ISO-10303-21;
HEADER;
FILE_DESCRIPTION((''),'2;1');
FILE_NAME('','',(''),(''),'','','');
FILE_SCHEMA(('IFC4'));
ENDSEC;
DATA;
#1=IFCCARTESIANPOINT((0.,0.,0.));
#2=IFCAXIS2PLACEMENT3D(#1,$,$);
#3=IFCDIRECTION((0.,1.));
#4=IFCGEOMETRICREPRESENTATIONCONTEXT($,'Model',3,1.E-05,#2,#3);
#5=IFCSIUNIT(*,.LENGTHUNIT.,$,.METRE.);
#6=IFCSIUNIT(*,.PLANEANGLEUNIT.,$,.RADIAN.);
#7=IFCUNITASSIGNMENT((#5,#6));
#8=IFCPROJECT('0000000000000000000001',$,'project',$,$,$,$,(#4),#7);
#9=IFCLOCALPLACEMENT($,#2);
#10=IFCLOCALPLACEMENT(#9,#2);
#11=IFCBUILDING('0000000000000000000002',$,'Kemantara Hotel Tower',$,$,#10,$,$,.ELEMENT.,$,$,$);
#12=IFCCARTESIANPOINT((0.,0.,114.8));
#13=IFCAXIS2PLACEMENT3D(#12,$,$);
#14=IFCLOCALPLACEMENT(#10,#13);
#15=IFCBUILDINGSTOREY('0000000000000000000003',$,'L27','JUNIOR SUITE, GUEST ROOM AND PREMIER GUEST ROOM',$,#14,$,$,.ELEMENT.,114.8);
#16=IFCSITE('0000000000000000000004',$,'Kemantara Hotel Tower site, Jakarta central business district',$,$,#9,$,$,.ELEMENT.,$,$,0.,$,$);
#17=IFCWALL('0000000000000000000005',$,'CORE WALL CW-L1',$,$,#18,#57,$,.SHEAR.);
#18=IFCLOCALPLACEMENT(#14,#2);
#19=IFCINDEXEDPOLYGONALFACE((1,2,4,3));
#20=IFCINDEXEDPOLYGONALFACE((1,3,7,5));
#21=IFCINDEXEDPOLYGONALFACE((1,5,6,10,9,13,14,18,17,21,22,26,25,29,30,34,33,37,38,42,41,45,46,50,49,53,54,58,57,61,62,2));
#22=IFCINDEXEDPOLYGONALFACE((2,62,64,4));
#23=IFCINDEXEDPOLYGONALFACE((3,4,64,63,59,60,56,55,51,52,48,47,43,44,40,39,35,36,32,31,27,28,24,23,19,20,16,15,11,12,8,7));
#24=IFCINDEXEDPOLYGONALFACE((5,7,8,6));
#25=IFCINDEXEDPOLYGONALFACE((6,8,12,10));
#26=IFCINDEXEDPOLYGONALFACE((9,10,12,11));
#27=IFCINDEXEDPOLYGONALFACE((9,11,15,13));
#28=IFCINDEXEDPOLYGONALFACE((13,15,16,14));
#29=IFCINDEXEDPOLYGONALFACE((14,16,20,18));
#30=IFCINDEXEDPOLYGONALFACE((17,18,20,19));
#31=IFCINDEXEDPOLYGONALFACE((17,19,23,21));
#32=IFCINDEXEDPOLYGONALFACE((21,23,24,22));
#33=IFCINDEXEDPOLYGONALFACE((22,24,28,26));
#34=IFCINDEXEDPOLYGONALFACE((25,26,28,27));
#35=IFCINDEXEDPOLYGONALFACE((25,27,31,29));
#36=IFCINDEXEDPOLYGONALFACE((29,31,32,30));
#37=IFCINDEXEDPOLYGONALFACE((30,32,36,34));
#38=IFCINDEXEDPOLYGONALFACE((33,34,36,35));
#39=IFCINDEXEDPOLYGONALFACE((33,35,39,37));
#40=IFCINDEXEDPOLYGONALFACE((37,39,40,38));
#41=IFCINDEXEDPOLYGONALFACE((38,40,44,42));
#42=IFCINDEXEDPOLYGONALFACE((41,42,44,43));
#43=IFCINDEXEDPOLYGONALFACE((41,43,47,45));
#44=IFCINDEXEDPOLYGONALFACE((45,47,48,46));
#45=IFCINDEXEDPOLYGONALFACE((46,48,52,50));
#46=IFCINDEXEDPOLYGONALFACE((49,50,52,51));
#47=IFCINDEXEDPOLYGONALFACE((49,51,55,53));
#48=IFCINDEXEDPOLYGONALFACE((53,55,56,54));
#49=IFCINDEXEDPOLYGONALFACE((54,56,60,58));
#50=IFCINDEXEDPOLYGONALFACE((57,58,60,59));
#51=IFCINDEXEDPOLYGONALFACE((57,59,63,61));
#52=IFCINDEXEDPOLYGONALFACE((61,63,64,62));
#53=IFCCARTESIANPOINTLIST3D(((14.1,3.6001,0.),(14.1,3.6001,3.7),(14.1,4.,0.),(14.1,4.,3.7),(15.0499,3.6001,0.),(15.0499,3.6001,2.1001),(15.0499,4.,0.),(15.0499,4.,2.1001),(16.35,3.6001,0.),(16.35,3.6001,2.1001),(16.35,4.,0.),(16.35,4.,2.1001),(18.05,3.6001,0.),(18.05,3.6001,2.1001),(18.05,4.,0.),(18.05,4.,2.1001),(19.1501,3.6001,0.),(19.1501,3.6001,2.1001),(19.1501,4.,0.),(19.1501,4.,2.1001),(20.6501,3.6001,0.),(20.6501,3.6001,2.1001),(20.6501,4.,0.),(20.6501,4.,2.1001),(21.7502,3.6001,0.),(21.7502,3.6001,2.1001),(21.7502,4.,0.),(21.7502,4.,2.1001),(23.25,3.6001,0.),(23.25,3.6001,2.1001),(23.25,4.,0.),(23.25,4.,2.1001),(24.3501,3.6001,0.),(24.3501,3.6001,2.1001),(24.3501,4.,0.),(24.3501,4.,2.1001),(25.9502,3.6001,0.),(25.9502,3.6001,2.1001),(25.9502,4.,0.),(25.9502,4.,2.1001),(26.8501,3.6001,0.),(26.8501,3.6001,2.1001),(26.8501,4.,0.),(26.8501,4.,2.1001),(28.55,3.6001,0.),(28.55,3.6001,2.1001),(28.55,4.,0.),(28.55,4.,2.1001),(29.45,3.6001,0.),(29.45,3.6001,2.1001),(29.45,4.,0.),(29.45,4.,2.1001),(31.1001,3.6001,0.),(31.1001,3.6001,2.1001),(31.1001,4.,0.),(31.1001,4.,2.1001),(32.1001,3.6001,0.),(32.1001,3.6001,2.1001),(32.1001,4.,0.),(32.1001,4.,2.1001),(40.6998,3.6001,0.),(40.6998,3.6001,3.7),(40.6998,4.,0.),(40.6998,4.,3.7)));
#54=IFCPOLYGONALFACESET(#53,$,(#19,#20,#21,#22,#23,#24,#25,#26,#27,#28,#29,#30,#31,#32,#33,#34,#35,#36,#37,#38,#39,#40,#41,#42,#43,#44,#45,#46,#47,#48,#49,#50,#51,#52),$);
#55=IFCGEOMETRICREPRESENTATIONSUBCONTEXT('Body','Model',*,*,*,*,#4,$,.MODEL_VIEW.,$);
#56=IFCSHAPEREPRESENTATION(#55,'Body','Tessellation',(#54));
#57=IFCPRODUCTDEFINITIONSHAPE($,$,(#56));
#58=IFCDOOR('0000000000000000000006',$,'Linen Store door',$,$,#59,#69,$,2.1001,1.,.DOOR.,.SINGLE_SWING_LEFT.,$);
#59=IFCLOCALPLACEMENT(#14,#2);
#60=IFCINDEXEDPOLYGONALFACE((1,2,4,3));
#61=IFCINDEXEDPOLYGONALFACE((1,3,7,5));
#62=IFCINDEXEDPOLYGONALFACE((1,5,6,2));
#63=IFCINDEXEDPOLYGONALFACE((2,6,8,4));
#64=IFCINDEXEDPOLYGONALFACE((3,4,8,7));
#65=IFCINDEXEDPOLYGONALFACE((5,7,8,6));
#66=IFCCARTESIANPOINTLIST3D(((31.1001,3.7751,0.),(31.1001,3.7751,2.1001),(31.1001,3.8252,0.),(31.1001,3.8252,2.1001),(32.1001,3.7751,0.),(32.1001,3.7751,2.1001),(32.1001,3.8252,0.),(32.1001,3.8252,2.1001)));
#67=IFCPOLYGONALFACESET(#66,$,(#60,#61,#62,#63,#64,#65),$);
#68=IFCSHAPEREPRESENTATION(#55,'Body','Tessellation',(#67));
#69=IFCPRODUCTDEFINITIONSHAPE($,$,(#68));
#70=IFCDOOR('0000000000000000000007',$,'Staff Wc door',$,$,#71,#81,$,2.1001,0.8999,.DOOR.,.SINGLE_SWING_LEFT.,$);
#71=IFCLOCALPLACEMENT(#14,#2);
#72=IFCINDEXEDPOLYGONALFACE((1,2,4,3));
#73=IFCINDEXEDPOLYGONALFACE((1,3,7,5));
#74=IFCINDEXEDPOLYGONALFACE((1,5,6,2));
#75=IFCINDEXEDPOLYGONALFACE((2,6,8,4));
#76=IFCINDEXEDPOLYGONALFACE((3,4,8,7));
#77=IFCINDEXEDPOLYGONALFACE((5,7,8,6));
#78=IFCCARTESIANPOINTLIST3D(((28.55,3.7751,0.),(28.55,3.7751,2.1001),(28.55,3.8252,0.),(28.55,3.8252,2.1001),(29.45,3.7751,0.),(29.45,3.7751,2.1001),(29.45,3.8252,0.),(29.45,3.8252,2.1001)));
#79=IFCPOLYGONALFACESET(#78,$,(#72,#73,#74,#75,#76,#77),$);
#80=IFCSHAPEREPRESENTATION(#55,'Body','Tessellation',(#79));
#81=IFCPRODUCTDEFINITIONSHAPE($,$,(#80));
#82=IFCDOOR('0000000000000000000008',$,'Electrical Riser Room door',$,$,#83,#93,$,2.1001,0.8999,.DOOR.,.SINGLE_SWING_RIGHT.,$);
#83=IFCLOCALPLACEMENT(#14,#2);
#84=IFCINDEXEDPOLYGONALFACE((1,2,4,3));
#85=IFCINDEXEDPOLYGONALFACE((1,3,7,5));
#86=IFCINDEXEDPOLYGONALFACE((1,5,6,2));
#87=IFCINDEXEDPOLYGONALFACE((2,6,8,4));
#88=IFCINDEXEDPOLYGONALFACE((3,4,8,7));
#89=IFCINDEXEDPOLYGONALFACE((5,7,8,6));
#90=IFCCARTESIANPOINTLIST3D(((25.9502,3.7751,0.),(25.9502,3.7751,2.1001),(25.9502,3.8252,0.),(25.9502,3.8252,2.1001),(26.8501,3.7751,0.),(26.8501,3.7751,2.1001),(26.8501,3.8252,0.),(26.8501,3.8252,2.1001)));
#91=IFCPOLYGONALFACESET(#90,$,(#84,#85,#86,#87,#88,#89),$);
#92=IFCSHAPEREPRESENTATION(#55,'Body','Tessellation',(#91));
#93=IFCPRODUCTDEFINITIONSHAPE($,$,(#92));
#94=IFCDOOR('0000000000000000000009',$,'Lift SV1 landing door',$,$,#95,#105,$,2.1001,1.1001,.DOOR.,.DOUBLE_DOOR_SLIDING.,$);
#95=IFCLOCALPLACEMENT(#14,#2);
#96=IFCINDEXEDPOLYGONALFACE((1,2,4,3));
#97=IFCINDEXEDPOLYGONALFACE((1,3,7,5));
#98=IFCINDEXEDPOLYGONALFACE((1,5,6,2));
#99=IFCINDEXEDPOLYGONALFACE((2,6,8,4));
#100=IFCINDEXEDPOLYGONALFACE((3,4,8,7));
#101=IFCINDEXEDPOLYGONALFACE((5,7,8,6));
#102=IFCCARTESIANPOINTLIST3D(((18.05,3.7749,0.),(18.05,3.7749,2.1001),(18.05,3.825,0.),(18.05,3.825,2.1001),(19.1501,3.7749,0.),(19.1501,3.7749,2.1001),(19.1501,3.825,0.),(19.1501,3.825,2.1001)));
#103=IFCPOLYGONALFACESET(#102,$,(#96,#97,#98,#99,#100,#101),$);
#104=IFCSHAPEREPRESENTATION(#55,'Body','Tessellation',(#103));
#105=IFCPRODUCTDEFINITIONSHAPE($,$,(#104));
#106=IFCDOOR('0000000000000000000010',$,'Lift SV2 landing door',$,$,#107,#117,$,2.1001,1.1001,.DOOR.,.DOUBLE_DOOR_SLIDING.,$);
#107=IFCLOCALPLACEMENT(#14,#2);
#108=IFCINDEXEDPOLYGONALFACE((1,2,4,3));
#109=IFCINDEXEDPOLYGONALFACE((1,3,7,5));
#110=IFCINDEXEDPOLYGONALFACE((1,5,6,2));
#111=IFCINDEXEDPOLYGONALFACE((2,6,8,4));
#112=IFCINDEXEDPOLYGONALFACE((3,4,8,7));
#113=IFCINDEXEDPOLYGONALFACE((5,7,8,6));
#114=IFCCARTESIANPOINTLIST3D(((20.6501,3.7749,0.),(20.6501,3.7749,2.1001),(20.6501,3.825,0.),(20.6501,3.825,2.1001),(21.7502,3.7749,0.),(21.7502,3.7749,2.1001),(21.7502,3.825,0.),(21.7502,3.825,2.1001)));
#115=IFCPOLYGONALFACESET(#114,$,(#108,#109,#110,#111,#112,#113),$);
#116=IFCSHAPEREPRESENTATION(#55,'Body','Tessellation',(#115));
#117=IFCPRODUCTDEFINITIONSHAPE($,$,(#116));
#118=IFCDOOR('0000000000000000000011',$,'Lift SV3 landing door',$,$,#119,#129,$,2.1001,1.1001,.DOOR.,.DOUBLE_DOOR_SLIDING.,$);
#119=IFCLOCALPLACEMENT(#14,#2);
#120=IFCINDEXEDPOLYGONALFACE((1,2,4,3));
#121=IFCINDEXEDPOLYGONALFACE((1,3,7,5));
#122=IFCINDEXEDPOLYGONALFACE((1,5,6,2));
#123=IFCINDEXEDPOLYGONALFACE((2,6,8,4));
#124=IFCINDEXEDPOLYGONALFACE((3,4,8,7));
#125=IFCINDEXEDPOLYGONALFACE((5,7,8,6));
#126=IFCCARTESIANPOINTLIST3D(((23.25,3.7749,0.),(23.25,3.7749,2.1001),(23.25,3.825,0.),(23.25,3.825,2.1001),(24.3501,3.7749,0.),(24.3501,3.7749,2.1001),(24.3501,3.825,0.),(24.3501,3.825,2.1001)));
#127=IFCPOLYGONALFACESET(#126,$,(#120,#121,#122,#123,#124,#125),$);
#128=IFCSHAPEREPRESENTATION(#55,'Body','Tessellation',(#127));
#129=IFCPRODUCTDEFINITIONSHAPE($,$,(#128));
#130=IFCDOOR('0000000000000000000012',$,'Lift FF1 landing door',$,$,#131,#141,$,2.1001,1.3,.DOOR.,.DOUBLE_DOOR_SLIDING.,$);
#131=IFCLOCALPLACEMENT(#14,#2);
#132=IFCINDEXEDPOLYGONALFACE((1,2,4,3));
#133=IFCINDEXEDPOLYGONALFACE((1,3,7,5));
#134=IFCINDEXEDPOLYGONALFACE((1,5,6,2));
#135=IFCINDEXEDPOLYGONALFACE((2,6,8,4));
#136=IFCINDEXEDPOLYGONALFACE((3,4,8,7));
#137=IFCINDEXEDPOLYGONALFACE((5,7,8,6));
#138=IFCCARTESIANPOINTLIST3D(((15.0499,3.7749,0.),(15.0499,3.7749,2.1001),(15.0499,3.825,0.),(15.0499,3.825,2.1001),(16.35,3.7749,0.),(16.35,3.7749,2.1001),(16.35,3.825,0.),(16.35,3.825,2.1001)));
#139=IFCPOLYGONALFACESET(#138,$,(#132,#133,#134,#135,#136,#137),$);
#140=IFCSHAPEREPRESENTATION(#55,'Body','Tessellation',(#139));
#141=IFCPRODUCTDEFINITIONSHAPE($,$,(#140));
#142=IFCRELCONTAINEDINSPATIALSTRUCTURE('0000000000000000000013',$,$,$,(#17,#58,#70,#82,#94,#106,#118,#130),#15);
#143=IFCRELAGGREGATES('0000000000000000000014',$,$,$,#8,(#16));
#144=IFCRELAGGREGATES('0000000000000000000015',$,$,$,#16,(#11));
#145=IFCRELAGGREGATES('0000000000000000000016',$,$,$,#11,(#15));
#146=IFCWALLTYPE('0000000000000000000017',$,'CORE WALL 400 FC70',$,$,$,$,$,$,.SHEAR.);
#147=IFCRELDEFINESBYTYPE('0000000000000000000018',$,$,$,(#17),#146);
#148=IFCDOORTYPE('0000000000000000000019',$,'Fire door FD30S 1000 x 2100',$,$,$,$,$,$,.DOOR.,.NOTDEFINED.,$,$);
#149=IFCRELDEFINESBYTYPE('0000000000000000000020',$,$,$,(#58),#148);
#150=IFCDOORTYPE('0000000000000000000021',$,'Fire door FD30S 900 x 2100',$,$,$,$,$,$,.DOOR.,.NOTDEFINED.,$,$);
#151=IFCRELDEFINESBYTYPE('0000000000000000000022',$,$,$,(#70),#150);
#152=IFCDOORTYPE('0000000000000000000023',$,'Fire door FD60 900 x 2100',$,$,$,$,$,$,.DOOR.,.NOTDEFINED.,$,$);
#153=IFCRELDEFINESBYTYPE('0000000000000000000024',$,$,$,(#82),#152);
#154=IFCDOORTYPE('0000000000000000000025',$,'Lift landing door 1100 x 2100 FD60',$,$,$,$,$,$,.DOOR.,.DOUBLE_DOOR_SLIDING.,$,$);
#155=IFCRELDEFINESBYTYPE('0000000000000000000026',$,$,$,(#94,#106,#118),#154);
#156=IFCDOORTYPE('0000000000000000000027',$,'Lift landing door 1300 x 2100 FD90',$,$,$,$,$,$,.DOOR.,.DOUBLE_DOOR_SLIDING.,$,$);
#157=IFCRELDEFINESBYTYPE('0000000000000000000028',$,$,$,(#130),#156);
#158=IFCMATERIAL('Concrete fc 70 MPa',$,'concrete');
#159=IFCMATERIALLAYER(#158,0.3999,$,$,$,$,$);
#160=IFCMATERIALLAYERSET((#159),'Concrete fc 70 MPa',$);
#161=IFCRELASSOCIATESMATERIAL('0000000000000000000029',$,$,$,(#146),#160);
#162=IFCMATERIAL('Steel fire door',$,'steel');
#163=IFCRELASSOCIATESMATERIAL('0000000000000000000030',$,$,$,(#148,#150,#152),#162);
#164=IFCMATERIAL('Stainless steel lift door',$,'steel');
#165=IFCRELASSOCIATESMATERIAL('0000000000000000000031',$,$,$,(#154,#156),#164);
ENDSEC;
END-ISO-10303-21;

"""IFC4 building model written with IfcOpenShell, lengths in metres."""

from ifc_helpers import new_model, si_unit, direction, frame, frame_2d, origin, place, context, subcontext, project, spatial, rectangle, extrude, material, layer, layer_set, type_object, element, fill, save


model = new_model("IFC4")

# Units and contexts
model_context = context("Model", 3, precision=1e-05, world=origin(), true_north=direction((0.0, 1.0)))
body_context = subcontext(model_context, "Body", "Model", "MODEL_VIEW")
ifc_project = project(units=[si_unit("LENGTHUNIT", "METRE"), si_unit("PLANEANGLEUNIT", "RADIAN")], contexts=[model_context])

# Site, building, storey
site_placement = place(None, origin())
site = spatial("IfcSite", under=ifc_project, at=site_placement, Name="Kemantara Hotel Tower site, Jakarta central business district", CompositionType="ELEMENT", RefElevation=0.0)
building_placement = place(site_placement, origin())
building = spatial("IfcBuilding", under=site, at=building_placement, Name="Kemantara Hotel Tower", CompositionType="ELEMENT")
storey_placement = place(building_placement, frame((0.0, 0.0, 114.8)))
storey = spatial("IfcBuildingStorey", under=building, at=storey_placement, Name="L27", Description="JUNIOR SUITE, GUEST ROOM AND PREMIER GUEST ROOM", CompositionType="ELEMENT", Elevation=114.8)

# Shared definitions
ifc_material_1 = material(Name="Concrete fc 70 MPa", Category="concrete")

# Wall, openings, doors
ifc_layer_1 = layer(ifc_material_1, 0.3999)
ifc_layer_set_1 = layer_set([ifc_layer_1], Name="Concrete fc 70 MPa")
wall_type_1 = type_object("IfcWallType", Name="CORE WALL 400 FC70", PredefinedType="SHEAR", material=ifc_layer_set_1)
wall_1_placement = place(storey_placement, frame((14.1001, 3.8, 0.0), z_axis=(0.0, 0.0, 1.0), x_axis=(1.0, 0.0, 0.0)))
wall_1 = element("IfcWall", 1, at=wall_1_placement, inside=storey, type_object=wall_type_1, Name="CORE WALL CW-L1", PredefinedType="SHEAR", context=body_context, shape_type="SweptSolid", body=[
    extrude(rectangle(XDim=26.5999, YDim=0.3999, at=frame_2d((13.2998, 0.0))), origin(), (0.0, 0.0, 1.0), 3.7),
])
opening_1_placement = place(wall_1_placement, frame((0.95, 0.0, 0.0)))
opening_1 = element("IfcOpeningElement", 2, at=opening_1_placement, cuts=wall_1, PredefinedType="OPENING", context=body_context, shape_type="SweptSolid", body=[
    extrude(rectangle(XDim=1.3, YDim=2.1001, at=frame_2d((0.6499, 1.05))), frame((0.0, 0.21, 0.0), z_axis=(0.0, -1.0, 0.0), x_axis=(1.0, 0.0, 0.0)), (0.0, 0.0, 1.0), 0.4199),
])
opening_2_placement = place(wall_1_placement, frame((3.95, 0.0, 0.0)))
opening_2 = element("IfcOpeningElement", 3, at=opening_2_placement, cuts=wall_1, PredefinedType="OPENING", context=body_context, shape_type="SweptSolid", body=[
    extrude(rectangle(XDim=1.1001, YDim=2.1001, at=frame_2d((0.55, 1.05))), frame((0.0, 0.21, 0.0), z_axis=(0.0, -1.0, 0.0), x_axis=(1.0, 0.0, 0.0)), (0.0, 0.0, 1.0), 0.4199),
])
opening_3_placement = place(wall_1_placement, frame((6.55, 0.0, 0.0)))
opening_3 = element("IfcOpeningElement", 4, at=opening_3_placement, cuts=wall_1, PredefinedType="OPENING", context=body_context, shape_type="SweptSolid", body=[
    extrude(rectangle(XDim=1.1001, YDim=2.1001, at=frame_2d((0.55, 1.05))), frame((0.0, 0.21, 0.0), z_axis=(0.0, -1.0, 0.0), x_axis=(1.0, 0.0, 0.0)), (0.0, 0.0, 1.0), 0.4199),
])
opening_4_placement = place(wall_1_placement, frame((9.1499, 0.0, 0.0)))
opening_4 = element("IfcOpeningElement", 5, at=opening_4_placement, cuts=wall_1, PredefinedType="OPENING", context=body_context, shape_type="SweptSolid", body=[
    extrude(rectangle(XDim=1.1001, YDim=2.1001, at=frame_2d((0.55, 1.05))), frame((0.0, 0.21, 0.0), z_axis=(0.0, -1.0, 0.0), x_axis=(1.0, 0.0, 0.0)), (0.0, 0.0, 1.0), 0.4199),
])
opening_5_placement = place(wall_1_placement, frame((11.8501, 0.0, 0.0)))
opening_5 = element("IfcOpeningElement", 6, at=opening_5_placement, cuts=wall_1, PredefinedType="OPENING", context=body_context, shape_type="SweptSolid", body=[
    extrude(rectangle(XDim=0.8999, YDim=2.1001, at=frame_2d((0.45, 1.05))), frame((0.0, 0.21, 0.0), z_axis=(0.0, -1.0, 0.0), x_axis=(1.0, 0.0, 0.0)), (0.0, 0.0, 1.0), 0.4199),
])
opening_6_placement = place(wall_1_placement, frame((14.45, 0.0, 0.0)))
opening_6 = element("IfcOpeningElement", 7, at=opening_6_placement, cuts=wall_1, PredefinedType="OPENING", context=body_context, shape_type="SweptSolid", body=[
    extrude(rectangle(XDim=0.8999, YDim=2.1001, at=frame_2d((0.45, 1.05))), frame((0.0, 0.21, 0.0), z_axis=(0.0, -1.0, 0.0), x_axis=(1.0, 0.0, 0.0)), (0.0, 0.0, 1.0), 0.4199),
])
opening_7_placement = place(wall_1_placement, frame((17.0, 0.0, 0.0)))
opening_7 = element("IfcOpeningElement", 8, at=opening_7_placement, cuts=wall_1, PredefinedType="OPENING", context=body_context, shape_type="SweptSolid", body=[
    extrude(rectangle(XDim=1.0, YDim=2.1001, at=frame_2d((0.5, 1.05))), frame((0.0, 0.21, 0.0), z_axis=(0.0, -1.0, 0.0), x_axis=(1.0, 0.0, 0.0)), (0.0, 0.0, 1.0), 0.4199),
])
ifc_material_2 = material(Name="Steel fire door", Category="steel")
door_type_1 = type_object("IfcDoorType", Name="Fire door FD30S 1000 x 2100", OperationType="NOTDEFINED", PredefinedType="DOOR", material=ifc_material_2)
door_1_placement = place(opening_7_placement, frame((1.0, 0.0, 0.0), z_axis=(0.0, 0.0, 1.0), x_axis=(-1.0, 0.0, 0.0)))
door_1 = element("IfcDoor", 9, at=door_1_placement, inside=storey, type_object=door_type_1, Name="Linen Store door", OperationType="SINGLE_SWING_LEFT", OverallHeight=2.1001, OverallWidth=1.0, PredefinedType="DOOR", context=body_context, shape_type="SweptSolid", body=[
    extrude(rectangle(XDim=1.0, YDim=2.1001, at=frame_2d((0.5, 1.05))), frame((0.0, 0.0249, 0.0), z_axis=(0.0, -1.0, 0.0), x_axis=(1.0, 0.0, 0.0)), (0.0, 0.0, 1.0), 0.05),
])
fill(opening_7, door_1)
door_type_2 = type_object("IfcDoorType", Name="Fire door FD30S 900 x 2100", OperationType="NOTDEFINED", PredefinedType="DOOR", material=ifc_material_2)
door_2_placement = place(opening_6_placement, frame((0.8999, 0.0, 0.0), z_axis=(0.0, 0.0, 1.0), x_axis=(-1.0, 0.0, 0.0)))
door_2 = element("IfcDoor", 10, at=door_2_placement, inside=storey, type_object=door_type_2, Name="Staff Wc door", OperationType="SINGLE_SWING_LEFT", OverallHeight=2.1001, OverallWidth=0.8999, PredefinedType="DOOR", context=body_context, shape_type="SweptSolid", body=[
    extrude(rectangle(XDim=0.8999, YDim=2.1001, at=frame_2d((0.45, 1.05))), frame((0.0, 0.0249, 0.0), z_axis=(0.0, -1.0, 0.0), x_axis=(1.0, 0.0, 0.0)), (0.0, 0.0, 1.0), 0.05),
])
fill(opening_6, door_2)
door_type_3 = type_object("IfcDoorType", Name="Fire door FD60 900 x 2100", OperationType="NOTDEFINED", PredefinedType="DOOR", material=ifc_material_2)
door_3_placement = place(opening_5_placement, frame((0.8999, 0.0, 0.0), z_axis=(0.0, 0.0, 1.0), x_axis=(-1.0, 0.0, 0.0)))
door_3 = element("IfcDoor", 11, at=door_3_placement, inside=storey, type_object=door_type_3, Name="Electrical Riser Room door", OperationType="SINGLE_SWING_RIGHT", OverallHeight=2.1001, OverallWidth=0.8999, PredefinedType="DOOR", context=body_context, shape_type="SweptSolid", body=[
    extrude(rectangle(XDim=0.8999, YDim=2.1001, at=frame_2d((0.45, 1.05))), frame((0.0, 0.0249, 0.0), z_axis=(0.0, -1.0, 0.0), x_axis=(1.0, 0.0, 0.0)), (0.0, 0.0, 1.0), 0.05),
])
fill(opening_5, door_3)
ifc_material_3 = material(Name="Stainless steel lift door", Category="steel")
door_type_4 = type_object("IfcDoorType", Name="Lift landing door 1100 x 2100 FD60", OperationType="DOUBLE_DOOR_SLIDING", PredefinedType="DOOR", material=ifc_material_3)
door_4_placement = place(opening_2_placement, origin())
door_4 = element("IfcDoor", 12, at=door_4_placement, inside=storey, type_object=door_type_4, Name="Lift SV1 landing door", OperationType="DOUBLE_DOOR_SLIDING", OverallHeight=2.1001, OverallWidth=1.1001, PredefinedType="DOOR", context=body_context, shape_type="SweptSolid", body=[
    extrude(rectangle(XDim=1.1001, YDim=2.1001, at=frame_2d((0.55, 1.05))), frame((0.0, 0.0249, 0.0), z_axis=(0.0, -1.0, 0.0), x_axis=(1.0, 0.0, 0.0)), (0.0, 0.0, 1.0), 0.05),
])
fill(opening_2, door_4)
door_5_placement = place(opening_3_placement, origin())
door_5 = element("IfcDoor", 13, at=door_5_placement, inside=storey, type_object=door_type_4, Name="Lift SV2 landing door", OperationType="DOUBLE_DOOR_SLIDING", OverallHeight=2.1001, OverallWidth=1.1001, PredefinedType="DOOR", context=body_context, shape_type="SweptSolid", body=[
    extrude(rectangle(XDim=1.1001, YDim=2.1001, at=frame_2d((0.55, 1.05))), frame((0.0, 0.0249, 0.0), z_axis=(0.0, -1.0, 0.0), x_axis=(1.0, 0.0, 0.0)), (0.0, 0.0, 1.0), 0.05),
])
fill(opening_3, door_5)
door_6_placement = place(opening_4_placement, origin())
door_6 = element("IfcDoor", 14, at=door_6_placement, inside=storey, type_object=door_type_4, Name="Lift SV3 landing door", OperationType="DOUBLE_DOOR_SLIDING", OverallHeight=2.1001, OverallWidth=1.1001, PredefinedType="DOOR", context=body_context, shape_type="SweptSolid", body=[
    extrude(rectangle(XDim=1.1001, YDim=2.1001, at=frame_2d((0.55, 1.05))), frame((0.0, 0.0249, 0.0), z_axis=(0.0, -1.0, 0.0), x_axis=(1.0, 0.0, 0.0)), (0.0, 0.0, 1.0), 0.05),
])
fill(opening_4, door_6)
door_type_5 = type_object("IfcDoorType", Name="Lift landing door 1300 x 2100 FD90", OperationType="DOUBLE_DOOR_SLIDING", PredefinedType="DOOR", material=ifc_material_3)
door_7_placement = place(opening_1_placement, origin())
door_7 = element("IfcDoor", 15, at=door_7_placement, inside=storey, type_object=door_type_5, Name="Lift FF1 landing door", OperationType="DOUBLE_DOOR_SLIDING", OverallHeight=2.1001, OverallWidth=1.3, PredefinedType="DOOR", context=body_context, shape_type="SweptSolid", body=[
    extrude(rectangle(XDim=1.3, YDim=2.1001, at=frame_2d((0.6499, 1.05))), frame((0.0, 0.0249, 0.0), z_axis=(0.0, -1.0, 0.0), x_axis=(1.0, 0.0, 0.0)), (0.0, 0.0, 1.0), 0.05),
])
fill(opening_1, door_7)

save(model, "model.ifc")
